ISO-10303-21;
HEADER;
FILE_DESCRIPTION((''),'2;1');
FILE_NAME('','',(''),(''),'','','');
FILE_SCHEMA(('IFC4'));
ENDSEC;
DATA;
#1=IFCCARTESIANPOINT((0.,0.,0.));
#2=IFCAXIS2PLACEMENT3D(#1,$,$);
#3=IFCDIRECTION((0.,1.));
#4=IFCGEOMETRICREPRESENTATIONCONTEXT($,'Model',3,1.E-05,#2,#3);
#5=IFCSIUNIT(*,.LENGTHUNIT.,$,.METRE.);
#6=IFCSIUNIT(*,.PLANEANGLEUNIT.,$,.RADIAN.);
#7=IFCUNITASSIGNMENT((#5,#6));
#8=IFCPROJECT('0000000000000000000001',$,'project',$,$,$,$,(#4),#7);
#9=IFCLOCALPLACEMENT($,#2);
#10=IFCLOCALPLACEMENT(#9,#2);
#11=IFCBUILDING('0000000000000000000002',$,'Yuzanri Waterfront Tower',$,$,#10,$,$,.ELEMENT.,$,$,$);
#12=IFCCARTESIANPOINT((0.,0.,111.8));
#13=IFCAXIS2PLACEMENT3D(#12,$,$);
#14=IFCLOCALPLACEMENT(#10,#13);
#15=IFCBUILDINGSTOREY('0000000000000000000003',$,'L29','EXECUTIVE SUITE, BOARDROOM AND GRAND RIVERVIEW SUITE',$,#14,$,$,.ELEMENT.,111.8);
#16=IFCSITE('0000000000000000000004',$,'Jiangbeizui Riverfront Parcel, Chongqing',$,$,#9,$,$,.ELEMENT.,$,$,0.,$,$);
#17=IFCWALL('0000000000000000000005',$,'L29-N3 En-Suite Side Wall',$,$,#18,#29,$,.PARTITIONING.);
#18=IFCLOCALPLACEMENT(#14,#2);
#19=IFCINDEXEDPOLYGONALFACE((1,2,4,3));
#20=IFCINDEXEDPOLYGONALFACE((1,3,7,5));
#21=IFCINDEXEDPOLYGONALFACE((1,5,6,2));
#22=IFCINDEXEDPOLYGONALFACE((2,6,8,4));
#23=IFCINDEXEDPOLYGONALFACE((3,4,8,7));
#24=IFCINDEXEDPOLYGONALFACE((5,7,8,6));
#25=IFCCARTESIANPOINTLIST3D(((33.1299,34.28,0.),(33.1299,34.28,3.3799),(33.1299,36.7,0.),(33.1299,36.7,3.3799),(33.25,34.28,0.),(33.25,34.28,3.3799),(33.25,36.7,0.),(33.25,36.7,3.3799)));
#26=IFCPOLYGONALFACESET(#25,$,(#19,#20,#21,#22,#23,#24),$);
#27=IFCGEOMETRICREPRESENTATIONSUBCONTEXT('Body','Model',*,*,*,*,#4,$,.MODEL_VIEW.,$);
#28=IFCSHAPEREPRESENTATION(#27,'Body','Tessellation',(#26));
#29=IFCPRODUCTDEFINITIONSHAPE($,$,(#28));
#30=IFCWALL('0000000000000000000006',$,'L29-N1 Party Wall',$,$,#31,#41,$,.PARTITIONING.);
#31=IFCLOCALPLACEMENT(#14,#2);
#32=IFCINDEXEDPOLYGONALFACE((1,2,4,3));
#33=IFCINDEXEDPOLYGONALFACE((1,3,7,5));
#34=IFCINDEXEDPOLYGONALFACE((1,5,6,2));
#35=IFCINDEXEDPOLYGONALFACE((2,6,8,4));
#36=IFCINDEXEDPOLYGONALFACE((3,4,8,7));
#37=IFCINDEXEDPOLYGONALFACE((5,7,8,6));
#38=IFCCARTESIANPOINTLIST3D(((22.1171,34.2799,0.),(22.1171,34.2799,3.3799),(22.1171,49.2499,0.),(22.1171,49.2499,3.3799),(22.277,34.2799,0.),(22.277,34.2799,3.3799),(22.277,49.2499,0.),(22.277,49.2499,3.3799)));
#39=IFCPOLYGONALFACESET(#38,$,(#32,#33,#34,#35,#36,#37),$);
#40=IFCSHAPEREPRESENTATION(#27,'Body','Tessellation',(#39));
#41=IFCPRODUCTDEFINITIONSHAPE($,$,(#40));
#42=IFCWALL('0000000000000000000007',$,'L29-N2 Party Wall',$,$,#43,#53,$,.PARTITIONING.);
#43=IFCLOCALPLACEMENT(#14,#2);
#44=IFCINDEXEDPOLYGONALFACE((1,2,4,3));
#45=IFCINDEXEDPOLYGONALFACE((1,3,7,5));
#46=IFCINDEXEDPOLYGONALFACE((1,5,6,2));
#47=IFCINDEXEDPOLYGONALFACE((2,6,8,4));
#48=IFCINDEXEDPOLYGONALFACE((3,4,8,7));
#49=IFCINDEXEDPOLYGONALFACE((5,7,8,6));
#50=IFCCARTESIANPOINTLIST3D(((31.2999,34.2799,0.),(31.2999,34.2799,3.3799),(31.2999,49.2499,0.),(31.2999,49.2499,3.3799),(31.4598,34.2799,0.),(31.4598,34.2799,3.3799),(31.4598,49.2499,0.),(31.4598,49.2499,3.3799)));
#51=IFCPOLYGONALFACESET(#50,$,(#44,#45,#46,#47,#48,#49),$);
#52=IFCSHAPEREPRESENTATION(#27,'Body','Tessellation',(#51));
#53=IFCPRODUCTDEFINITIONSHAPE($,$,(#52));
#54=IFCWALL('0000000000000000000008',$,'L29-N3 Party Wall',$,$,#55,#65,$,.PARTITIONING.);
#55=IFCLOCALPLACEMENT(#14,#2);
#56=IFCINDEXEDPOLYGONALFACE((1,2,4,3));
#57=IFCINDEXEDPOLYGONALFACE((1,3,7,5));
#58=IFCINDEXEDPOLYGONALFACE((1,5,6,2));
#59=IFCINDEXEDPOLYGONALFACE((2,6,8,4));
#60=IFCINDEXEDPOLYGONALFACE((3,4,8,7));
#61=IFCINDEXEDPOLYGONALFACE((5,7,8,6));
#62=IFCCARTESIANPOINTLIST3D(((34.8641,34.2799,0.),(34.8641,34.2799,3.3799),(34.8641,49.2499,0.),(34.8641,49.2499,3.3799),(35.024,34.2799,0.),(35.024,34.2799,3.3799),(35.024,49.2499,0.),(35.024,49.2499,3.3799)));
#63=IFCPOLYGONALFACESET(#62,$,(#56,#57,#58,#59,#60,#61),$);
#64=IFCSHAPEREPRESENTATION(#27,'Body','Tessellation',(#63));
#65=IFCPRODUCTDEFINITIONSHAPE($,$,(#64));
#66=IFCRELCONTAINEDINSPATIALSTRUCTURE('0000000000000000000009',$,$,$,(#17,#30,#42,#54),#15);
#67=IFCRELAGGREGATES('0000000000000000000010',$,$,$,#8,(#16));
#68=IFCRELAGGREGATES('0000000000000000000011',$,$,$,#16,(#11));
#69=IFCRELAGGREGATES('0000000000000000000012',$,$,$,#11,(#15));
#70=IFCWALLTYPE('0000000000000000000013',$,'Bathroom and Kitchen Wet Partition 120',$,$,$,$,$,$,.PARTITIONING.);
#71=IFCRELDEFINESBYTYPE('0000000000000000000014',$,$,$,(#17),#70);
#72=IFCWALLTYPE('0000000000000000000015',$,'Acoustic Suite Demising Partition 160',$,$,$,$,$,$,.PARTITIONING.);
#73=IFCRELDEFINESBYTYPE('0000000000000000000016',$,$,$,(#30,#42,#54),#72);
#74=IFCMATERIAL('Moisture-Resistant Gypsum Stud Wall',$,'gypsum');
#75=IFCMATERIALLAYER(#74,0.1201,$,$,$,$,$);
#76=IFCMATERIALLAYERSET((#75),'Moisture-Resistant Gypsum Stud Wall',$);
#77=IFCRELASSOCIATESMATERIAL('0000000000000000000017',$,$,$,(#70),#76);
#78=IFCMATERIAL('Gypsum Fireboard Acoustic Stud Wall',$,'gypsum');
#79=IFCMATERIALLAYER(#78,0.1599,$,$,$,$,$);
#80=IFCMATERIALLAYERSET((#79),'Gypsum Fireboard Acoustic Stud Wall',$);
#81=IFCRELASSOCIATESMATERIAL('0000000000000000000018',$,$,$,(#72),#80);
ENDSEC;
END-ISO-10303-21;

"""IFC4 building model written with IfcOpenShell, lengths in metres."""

from ifc_helpers import new_model, si_unit, direction, frame, frame_2d, origin, place, context, subcontext, project, spatial, rectangle, extrude, source, transform, mapped, material, layer, layer_set, type_object, element, save


model = new_model("IFC4")

# Units and contexts
model_context = context("Model", 3, precision=1e-05, world=origin(), true_north=direction((0.0, 1.0)))
body_context = subcontext(model_context, "Body", "Model", "MODEL_VIEW")
ifc_project = project(units=[si_unit("LENGTHUNIT", "METRE"), si_unit("PLANEANGLEUNIT", "RADIAN")], contexts=[model_context])

# Site, building, storey
site_placement = place(None, origin())
site = spatial("IfcSite", under=ifc_project, at=site_placement, Name="Jiangbeizui Riverfront Parcel, Chongqing", CompositionType="ELEMENT", RefElevation=0.0)
building_placement = place(site_placement, origin())
building = spatial("IfcBuilding", under=site, at=building_placement, Name="Yuzanri Waterfront Tower", CompositionType="ELEMENT")
storey_placement = place(building_placement, frame((0.0, 0.0, 111.8)))
storey = spatial("IfcBuildingStorey", under=building, at=storey_placement, Name="L29", Description="EXECUTIVE SUITE, BOARDROOM AND GRAND RIVERVIEW SUITE", CompositionType="ELEMENT", Elevation=111.8)

# Shared definitions
ifc_material_1 = material(Name="Moisture-Resistant Gypsum Stud Wall", Category="gypsum")
ifc_layer_1 = layer(ifc_material_1, 0.1201)
ifc_layer_set_1 = layer_set([ifc_layer_1], Name="Moisture-Resistant Gypsum Stud Wall")
wall_type_1 = type_object("IfcWallType", Name="Bathroom and Kitchen Wet Partition 120", PredefinedType="PARTITIONING", material=ifc_layer_set_1)

# Walls
shared_shape_1 = source(origin(), body_context, "Body", "SweptSolid", [
    extrude(rectangle(XDim=2.4199, YDim=0.1201, at=frame_2d((1.21, 0.0))), origin(), (0.0, 0.0, 1.0), 3.3799),
])
for number, where, z_axis, x_axis, name in (
    (1, (33.1899, 34.28, 0.0), (0.0, 0.0, 1.0), (0.0, 1.0, 0.0), "L29-N3 En-Suite Side Wall"),
):
    element("IfcWall", number, at=place(storey_placement, frame(where, z_axis=z_axis, x_axis=x_axis)), inside=storey, type_object=wall_type_1, Name=name, PredefinedType="PARTITIONING", context=body_context, shape_type="MappedRepresentation", body=[
        mapped(shared_shape_1, transform((0.0, 0.0, 0.0), scale=1.0)),
    ])
ifc_material_2 = material(Name="Gypsum Fireboard Acoustic Stud Wall", Category="gypsum")
ifc_layer_2 = layer(ifc_material_2, 0.1599)
ifc_layer_set_2 = layer_set([ifc_layer_2], Name="Gypsum Fireboard Acoustic Stud Wall")
wall_type_2 = type_object("IfcWallType", Name="Acoustic Suite Demising Partition 160", PredefinedType="PARTITIONING", material=ifc_layer_set_2)
shared_shape_2 = source(origin(), body_context, "Body", "SweptSolid", [
    extrude(rectangle(XDim=14.97, YDim=0.1599, at=frame_2d((7.4849, 0.0))), origin(), (0.0, 0.0, 1.0), 3.3799),
])
for number, where, z_axis, x_axis, name in (
    (2, (22.197, 34.28, 0.0), (0.0, 0.0, 1.0), (0.0, 1.0, 0.0), "L29-N1 Party Wall"),
    (3, (31.3799, 34.28, 0.0), (0.0, 0.0, 1.0), (0.0, 1.0, 0.0), "L29-N2 Party Wall"),
    (4, (34.9441, 34.28, 0.0), (0.0, 0.0, 1.0), (0.0, 1.0, 0.0), "L29-N3 Party Wall"),
):
    element("IfcWall", number, at=place(storey_placement, frame(where, z_axis=z_axis, x_axis=x_axis)), inside=storey, type_object=wall_type_2, Name=name, PredefinedType="PARTITIONING", context=body_context, shape_type="MappedRepresentation", body=[
        mapped(shared_shape_2, transform((0.0, 0.0, 0.0), scale=1.0)),
    ])

save(model, "model.ifc")
